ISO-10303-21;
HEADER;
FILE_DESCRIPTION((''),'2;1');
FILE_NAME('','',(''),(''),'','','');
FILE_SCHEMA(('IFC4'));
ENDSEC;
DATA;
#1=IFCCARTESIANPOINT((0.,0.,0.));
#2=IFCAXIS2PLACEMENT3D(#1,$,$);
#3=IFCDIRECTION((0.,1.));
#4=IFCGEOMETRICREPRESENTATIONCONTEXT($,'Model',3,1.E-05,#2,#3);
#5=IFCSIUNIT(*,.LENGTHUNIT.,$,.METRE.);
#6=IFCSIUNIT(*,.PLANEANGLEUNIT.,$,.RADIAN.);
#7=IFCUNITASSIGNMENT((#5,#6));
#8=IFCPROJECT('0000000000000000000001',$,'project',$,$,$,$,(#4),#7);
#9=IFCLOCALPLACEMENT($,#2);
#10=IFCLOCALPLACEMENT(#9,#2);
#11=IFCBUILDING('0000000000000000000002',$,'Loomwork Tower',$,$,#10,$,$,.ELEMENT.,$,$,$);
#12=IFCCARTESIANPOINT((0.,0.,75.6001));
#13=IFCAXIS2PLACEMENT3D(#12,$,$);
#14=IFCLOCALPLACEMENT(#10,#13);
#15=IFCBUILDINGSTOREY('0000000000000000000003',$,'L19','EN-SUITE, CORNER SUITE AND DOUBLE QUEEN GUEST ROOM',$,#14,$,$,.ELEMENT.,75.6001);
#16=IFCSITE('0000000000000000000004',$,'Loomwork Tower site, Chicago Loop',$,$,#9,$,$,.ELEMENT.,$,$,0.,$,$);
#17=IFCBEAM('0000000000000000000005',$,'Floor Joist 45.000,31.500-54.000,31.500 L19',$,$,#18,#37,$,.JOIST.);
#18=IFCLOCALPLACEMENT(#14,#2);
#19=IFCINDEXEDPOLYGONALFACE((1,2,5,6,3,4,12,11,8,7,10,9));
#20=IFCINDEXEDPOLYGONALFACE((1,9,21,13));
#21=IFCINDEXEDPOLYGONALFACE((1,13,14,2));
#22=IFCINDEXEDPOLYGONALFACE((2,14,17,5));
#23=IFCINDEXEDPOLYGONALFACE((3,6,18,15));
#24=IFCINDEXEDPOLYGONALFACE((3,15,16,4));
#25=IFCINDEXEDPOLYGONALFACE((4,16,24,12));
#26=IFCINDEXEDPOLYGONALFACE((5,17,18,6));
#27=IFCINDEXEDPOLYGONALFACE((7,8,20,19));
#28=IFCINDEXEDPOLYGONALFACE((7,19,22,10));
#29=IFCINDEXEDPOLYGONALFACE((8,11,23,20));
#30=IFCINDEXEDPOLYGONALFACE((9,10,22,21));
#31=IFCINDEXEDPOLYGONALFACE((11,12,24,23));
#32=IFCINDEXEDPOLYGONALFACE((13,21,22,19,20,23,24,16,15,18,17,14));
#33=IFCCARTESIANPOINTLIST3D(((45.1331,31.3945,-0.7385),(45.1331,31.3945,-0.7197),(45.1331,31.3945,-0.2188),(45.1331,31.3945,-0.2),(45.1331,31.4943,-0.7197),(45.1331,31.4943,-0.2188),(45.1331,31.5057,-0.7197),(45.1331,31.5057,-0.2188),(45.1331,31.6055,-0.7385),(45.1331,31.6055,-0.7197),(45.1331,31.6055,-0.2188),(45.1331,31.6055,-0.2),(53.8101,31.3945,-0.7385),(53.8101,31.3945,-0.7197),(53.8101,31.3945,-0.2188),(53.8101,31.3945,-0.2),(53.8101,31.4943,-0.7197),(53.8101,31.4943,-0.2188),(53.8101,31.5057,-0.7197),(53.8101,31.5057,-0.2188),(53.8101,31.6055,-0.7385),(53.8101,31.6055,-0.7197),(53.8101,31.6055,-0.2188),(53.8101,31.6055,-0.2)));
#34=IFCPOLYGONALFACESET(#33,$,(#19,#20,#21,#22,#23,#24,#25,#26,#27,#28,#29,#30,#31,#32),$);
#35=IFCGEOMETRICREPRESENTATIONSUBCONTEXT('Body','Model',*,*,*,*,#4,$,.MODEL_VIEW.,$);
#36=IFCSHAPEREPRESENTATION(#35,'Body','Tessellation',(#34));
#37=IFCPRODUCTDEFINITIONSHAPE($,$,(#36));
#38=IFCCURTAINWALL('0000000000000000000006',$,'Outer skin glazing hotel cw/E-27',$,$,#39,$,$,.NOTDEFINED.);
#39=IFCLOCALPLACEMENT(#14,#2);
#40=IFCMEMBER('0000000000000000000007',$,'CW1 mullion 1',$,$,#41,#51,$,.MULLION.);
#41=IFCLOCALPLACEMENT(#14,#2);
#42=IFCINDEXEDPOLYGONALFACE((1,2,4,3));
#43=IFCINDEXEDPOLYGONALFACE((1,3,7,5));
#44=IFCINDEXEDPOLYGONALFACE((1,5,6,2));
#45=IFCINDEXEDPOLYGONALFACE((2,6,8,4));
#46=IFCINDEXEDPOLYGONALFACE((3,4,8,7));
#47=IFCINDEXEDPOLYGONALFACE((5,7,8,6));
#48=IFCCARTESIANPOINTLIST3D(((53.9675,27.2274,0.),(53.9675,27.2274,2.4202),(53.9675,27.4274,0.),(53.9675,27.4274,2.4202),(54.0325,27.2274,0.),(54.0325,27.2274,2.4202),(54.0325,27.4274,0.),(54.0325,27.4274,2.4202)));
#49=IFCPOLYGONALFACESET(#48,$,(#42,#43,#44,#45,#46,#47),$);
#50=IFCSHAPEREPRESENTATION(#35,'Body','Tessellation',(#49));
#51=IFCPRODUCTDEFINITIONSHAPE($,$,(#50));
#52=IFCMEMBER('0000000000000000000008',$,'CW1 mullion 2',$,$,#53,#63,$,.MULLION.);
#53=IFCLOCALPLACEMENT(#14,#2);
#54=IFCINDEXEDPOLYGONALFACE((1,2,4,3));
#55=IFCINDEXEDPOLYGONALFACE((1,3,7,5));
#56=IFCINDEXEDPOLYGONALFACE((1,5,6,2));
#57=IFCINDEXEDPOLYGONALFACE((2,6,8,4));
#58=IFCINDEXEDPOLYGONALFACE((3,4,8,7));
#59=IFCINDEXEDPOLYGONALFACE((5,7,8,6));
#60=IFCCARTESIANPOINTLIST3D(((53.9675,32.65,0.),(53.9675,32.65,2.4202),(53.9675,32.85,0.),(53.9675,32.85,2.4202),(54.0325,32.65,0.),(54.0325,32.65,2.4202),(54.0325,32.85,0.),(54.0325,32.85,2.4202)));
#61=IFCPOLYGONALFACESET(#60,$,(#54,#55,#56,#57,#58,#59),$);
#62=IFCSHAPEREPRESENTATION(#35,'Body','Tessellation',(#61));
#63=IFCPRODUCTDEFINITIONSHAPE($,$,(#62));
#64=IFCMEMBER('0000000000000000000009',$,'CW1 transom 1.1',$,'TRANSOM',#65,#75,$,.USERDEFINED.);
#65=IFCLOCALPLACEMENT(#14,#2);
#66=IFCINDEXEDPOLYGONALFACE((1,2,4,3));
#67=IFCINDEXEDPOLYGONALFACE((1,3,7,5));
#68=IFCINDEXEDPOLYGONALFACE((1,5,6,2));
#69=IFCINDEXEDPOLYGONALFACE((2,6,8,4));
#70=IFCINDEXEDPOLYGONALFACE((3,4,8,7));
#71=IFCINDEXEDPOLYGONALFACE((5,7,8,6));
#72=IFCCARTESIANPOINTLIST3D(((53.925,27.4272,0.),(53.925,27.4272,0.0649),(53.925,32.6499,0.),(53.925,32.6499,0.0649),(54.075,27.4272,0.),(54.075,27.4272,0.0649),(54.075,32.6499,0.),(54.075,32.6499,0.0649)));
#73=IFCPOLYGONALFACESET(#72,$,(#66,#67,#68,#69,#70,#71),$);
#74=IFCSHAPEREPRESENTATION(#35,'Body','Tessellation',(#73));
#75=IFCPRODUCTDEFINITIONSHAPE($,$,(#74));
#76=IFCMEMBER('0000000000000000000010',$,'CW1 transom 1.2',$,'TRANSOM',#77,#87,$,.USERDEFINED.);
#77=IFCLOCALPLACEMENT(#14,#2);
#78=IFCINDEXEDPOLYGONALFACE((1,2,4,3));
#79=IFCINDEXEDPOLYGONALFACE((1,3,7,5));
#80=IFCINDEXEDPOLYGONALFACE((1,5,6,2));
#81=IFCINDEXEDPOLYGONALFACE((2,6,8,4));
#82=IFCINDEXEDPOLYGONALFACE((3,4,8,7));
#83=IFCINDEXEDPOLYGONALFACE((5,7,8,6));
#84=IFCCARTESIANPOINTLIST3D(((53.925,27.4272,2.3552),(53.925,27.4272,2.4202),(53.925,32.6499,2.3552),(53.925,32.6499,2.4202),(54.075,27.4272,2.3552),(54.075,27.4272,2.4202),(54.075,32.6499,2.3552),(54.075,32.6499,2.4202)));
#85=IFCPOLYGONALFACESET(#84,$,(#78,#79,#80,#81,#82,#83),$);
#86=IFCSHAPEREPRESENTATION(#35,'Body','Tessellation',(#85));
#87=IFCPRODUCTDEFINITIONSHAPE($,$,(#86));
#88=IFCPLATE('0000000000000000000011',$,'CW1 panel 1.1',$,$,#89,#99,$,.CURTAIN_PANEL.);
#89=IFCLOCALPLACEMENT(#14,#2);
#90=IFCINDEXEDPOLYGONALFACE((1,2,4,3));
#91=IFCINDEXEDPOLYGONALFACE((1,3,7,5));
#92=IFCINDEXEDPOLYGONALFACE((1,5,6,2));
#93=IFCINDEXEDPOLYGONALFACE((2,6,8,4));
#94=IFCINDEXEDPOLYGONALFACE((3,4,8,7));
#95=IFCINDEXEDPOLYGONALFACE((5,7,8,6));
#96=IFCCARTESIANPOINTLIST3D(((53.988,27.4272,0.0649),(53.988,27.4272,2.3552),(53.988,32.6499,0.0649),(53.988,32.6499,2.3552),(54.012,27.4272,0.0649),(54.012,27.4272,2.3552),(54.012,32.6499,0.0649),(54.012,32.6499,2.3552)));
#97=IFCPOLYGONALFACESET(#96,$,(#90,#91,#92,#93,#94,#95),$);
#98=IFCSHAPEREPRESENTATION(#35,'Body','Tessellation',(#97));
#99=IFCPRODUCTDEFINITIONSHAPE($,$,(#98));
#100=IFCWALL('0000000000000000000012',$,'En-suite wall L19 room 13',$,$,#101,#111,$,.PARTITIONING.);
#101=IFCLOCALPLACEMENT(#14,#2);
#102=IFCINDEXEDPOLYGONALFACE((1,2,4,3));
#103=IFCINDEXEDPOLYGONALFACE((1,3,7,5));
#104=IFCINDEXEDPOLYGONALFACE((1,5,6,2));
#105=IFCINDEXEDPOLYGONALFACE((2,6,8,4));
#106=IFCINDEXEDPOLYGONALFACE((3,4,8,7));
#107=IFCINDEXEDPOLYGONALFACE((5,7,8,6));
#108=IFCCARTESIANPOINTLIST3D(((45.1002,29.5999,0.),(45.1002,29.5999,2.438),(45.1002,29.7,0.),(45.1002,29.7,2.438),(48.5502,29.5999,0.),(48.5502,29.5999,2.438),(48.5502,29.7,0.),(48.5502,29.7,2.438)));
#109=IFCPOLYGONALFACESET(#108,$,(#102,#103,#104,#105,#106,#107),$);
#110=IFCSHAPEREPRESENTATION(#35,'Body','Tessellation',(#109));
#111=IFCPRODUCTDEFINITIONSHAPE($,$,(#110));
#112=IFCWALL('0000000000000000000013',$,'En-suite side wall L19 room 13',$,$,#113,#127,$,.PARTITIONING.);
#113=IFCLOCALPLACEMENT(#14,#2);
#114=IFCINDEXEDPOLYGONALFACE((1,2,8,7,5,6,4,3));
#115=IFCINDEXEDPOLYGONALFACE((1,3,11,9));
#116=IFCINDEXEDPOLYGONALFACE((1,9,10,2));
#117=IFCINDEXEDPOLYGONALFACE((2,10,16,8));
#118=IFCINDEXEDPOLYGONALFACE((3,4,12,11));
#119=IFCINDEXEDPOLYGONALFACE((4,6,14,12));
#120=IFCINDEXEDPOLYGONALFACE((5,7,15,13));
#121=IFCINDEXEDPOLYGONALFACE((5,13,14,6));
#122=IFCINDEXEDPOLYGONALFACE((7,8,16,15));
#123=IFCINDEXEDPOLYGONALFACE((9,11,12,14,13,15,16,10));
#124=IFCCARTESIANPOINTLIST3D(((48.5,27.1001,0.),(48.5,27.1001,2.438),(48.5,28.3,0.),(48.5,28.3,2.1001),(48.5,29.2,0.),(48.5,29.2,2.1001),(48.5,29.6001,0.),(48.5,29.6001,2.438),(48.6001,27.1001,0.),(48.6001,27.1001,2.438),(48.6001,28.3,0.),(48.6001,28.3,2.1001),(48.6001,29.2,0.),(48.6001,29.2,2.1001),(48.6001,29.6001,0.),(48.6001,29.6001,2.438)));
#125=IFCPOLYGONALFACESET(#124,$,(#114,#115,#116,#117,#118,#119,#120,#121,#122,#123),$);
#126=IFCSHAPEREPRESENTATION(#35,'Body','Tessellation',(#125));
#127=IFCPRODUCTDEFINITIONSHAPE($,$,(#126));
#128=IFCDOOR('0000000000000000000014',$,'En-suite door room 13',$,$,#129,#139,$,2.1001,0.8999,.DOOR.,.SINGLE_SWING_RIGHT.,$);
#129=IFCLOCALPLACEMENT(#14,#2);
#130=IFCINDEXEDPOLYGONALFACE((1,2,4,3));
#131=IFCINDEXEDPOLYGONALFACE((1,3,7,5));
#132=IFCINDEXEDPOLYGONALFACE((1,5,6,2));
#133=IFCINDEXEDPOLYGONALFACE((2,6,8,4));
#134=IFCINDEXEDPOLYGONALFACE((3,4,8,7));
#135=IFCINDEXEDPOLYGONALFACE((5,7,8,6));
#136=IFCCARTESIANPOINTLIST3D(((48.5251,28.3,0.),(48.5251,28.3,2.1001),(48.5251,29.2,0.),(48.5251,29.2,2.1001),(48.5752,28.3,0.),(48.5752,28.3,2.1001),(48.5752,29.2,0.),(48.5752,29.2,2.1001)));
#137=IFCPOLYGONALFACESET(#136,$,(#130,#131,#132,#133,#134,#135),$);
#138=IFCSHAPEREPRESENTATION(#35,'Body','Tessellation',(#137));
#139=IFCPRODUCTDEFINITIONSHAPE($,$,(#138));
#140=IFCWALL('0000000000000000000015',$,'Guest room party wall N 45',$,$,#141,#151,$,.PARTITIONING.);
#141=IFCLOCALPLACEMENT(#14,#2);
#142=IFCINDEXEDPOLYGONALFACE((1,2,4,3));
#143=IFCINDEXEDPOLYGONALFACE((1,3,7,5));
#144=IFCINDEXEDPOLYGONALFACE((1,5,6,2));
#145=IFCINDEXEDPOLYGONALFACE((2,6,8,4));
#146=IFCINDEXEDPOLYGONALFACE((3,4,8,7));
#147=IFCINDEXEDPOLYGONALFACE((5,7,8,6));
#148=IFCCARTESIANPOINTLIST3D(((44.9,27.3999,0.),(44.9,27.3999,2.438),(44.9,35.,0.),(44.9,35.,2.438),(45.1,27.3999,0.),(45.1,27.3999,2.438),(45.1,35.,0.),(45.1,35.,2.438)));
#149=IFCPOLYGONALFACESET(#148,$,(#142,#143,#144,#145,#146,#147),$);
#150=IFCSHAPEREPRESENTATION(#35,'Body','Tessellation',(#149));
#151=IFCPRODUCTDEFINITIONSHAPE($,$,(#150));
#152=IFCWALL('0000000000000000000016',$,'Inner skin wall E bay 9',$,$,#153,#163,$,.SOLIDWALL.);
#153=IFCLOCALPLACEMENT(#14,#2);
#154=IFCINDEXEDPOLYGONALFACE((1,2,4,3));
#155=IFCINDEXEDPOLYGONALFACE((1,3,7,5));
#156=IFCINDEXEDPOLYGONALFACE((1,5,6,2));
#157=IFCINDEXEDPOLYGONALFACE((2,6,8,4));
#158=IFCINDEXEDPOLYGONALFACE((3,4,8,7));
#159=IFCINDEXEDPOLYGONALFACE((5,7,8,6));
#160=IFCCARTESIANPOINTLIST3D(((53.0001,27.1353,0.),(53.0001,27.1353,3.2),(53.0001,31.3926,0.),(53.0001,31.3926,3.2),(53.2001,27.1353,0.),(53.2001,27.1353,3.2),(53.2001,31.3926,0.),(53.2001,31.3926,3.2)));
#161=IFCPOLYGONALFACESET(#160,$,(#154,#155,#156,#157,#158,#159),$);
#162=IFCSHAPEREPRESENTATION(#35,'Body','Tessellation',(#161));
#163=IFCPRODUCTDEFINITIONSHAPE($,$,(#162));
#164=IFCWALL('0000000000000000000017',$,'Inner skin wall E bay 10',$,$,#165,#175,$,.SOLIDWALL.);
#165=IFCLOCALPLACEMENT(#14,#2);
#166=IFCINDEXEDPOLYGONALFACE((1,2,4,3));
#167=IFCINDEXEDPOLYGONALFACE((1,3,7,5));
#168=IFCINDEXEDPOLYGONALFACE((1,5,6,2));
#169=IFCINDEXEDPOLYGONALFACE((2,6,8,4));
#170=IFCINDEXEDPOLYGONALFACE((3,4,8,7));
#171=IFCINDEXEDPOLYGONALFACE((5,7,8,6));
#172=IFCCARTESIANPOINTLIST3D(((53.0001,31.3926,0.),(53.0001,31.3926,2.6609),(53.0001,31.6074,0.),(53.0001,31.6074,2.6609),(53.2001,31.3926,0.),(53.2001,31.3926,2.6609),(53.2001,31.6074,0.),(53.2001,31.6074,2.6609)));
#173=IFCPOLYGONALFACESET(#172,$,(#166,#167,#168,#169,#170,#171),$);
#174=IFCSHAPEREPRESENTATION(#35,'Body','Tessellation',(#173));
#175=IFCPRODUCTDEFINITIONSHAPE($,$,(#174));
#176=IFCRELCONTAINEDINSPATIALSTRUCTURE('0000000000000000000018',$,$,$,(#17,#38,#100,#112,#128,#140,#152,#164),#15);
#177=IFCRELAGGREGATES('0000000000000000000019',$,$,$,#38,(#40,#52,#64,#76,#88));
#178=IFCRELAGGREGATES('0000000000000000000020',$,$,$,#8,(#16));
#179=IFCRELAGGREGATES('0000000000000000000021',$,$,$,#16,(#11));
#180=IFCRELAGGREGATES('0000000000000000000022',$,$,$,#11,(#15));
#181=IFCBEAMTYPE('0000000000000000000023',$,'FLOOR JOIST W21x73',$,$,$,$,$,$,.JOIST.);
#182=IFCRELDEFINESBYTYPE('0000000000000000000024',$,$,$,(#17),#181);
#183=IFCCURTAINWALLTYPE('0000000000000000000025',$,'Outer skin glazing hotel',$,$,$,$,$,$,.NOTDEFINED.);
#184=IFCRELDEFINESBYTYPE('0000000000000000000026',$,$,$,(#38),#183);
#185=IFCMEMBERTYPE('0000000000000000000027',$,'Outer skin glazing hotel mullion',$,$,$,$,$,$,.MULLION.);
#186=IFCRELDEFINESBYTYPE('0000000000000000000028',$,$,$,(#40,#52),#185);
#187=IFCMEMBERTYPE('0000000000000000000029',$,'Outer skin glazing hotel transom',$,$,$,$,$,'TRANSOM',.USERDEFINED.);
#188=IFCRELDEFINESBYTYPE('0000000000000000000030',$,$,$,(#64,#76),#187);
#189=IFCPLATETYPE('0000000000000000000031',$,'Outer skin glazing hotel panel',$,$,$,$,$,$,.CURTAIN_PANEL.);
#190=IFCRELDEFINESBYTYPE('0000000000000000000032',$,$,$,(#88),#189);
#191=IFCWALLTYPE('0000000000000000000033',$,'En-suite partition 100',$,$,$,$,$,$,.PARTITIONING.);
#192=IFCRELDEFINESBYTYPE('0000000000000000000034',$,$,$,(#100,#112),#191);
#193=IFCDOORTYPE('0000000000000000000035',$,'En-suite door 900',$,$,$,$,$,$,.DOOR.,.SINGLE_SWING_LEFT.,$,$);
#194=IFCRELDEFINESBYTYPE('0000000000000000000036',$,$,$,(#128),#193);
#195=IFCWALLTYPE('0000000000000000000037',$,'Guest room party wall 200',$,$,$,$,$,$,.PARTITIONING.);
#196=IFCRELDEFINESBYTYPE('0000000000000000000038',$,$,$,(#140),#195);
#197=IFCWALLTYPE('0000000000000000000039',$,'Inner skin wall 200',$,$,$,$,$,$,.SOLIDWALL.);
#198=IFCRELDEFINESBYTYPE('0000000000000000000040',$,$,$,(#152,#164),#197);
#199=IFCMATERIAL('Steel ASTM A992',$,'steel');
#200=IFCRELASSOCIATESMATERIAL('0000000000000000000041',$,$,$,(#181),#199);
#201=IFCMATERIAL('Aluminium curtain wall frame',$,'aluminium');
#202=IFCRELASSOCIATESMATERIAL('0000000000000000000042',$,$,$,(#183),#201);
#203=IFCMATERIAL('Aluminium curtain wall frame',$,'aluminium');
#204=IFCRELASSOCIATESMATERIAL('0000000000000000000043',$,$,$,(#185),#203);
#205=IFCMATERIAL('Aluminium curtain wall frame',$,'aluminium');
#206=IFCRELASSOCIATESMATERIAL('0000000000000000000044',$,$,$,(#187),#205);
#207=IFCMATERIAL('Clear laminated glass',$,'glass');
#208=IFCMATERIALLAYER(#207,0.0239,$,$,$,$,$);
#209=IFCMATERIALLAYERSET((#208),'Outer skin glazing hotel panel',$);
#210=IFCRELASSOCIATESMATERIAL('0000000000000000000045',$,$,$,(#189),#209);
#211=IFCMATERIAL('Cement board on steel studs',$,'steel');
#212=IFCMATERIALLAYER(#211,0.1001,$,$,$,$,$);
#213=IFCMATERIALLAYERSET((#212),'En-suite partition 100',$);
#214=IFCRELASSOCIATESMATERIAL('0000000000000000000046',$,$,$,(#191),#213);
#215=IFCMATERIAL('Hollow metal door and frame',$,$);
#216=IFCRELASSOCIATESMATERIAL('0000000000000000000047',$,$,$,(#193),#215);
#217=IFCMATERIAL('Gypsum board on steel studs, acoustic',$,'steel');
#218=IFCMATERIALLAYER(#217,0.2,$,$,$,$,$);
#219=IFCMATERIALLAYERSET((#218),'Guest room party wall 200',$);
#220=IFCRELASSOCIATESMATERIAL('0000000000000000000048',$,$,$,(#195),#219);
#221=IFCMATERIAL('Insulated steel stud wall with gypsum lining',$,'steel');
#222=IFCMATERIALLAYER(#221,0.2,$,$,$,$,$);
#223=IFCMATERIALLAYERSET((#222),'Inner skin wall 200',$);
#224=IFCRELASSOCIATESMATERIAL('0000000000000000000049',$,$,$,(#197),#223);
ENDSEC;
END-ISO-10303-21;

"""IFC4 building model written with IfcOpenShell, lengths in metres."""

from ifc_helpers import new_model, si_unit, direction, frame, frame_2d, origin, origin_2d, place, context, subcontext, project, spatial, rectangle, i_section, extrude, material, layer, layer_set, material_profile, profile_set, type_object, element, fill, aggregate, save


model = new_model("IFC4")

# Units and contexts
model_context = context("Model", 3, precision=1e-05, world=origin(), true_north=direction((0.0, 1.0)))
body_context = subcontext(model_context, "Body", "Model", "MODEL_VIEW")
ifc_project = project(units=[si_unit("LENGTHUNIT", "METRE"), si_unit("PLANEANGLEUNIT", "RADIAN")], contexts=[model_context])

# Site, building, storey
site_placement = place(None, origin())
site = spatial("IfcSite", under=ifc_project, at=site_placement, Name="Loomwork Tower site, Chicago Loop", CompositionType="ELEMENT", RefElevation=0.0)
building_placement = place(site_placement, origin())
building = spatial("IfcBuilding", under=site, at=building_placement, Name="Loomwork Tower", CompositionType="ELEMENT")
storey_placement = place(building_placement, frame((0.0, 0.0, 75.6001)))
storey = spatial("IfcBuildingStorey", under=building, at=storey_placement, Name="L19", Description="EN-SUITE, CORNER SUITE AND DOUBLE QUEEN GUEST ROOM", CompositionType="ELEMENT", Elevation=75.6001)

# Beam
ifc_material_1 = material(Name="Steel ASTM A992", Category="steel")
ifc_material_profile_1 = material_profile(ifc_material_1, i_section(OverallWidth=0.2109, OverallDepth=0.5386, WebThickness=0.0115, FlangeThickness=0.0188, at=origin_2d()), Name="W21x73")
ifc_profile_set_1 = profile_set([ifc_material_profile_1], Name="Steel ASTM A992")
beam_type = type_object("IfcBeamType", Name="FLOOR JOIST W21x73", PredefinedType="JOIST", material=ifc_profile_set_1)
beam_placement = place(storey_placement, frame((45.1331, 31.5, -0.4692), z_axis=(1.0, 0.0, 0.0), x_axis=(0.0, 1.0, 0.0)))
element("IfcBeam", 1, at=beam_placement, inside=storey, type_object=beam_type, Name="Floor Joist 45.000,31.500-54.000,31.500 L19", PredefinedType="JOIST", context=body_context, shape_type="SweptSolid", body=[
    extrude(i_section(OverallWidth=0.2109, OverallDepth=0.5386, WebThickness=0.0115, FlangeThickness=0.0188, at=origin_2d()), origin(), (0.0, 0.0, 1.0), 8.677),
])

# Curtain wall, members, plate
ifc_material_2 = material(Name="Aluminium curtain wall frame", Category="aluminium")
curtain_wall_type = type_object("IfcCurtainWallType", Name="Outer skin glazing hotel", PredefinedType="NOTDEFINED", material=ifc_material_2)
curtain_wall_placement = place(storey_placement, origin())
curtain_wall = element("IfcCurtainWall", 2, at=curtain_wall_placement, inside=storey, type_object=curtain_wall_type, Name="Outer skin glazing hotel cw/E-27", PredefinedType="NOTDEFINED")
ifc_material_3 = material(Name="Aluminium curtain wall frame", Category="aluminium")
ifc_material_profile_2 = material_profile(ifc_material_3, rectangle(XDim=0.0649, YDim=0.2, at=origin_2d()), Name="AL 65x200")
ifc_profile_set_2 = profile_set([ifc_material_profile_2], Name="Aluminium curtain wall frame")
member_type_1 = type_object("IfcMemberType", Name="Outer skin glazing hotel mullion", PredefinedType="MULLION", material=ifc_profile_set_2)
member_1_placement = place(storey_placement, frame((54.0, 27.3274, 0.0), z_axis=(0.0, 0.0, 1.0), x_axis=(-1.0, 0.0, 0.0)))
member_1 = element("IfcMember", 3, at=member_1_placement, type_object=member_type_1, Name="CW1 mullion 1", PredefinedType="MULLION", context=body_context, shape_type="SweptSolid", body=[
    extrude(rectangle(XDim=0.0649, YDim=0.2, at=origin_2d()), origin(), (0.0, 0.0, 1.0), 2.4202),
])
member_2_placement = place(storey_placement, frame((54.0, 32.75, 0.0), z_axis=(0.0, 0.0, 1.0), x_axis=(-1.0, 0.0, 0.0)))
member_2 = element("IfcMember", 4, at=member_2_placement, type_object=member_type_1, Name="CW1 mullion 2", PredefinedType="MULLION", context=body_context, shape_type="SweptSolid", body=[
    extrude(rectangle(XDim=0.0649, YDim=0.2, at=origin_2d()), origin(), (0.0, 0.0, 1.0), 2.4202),
])
ifc_material_4 = material(Name="Aluminium curtain wall frame", Category="aluminium")
ifc_material_profile_3 = material_profile(ifc_material_4, rectangle(XDim=0.1499, YDim=0.0649, at=origin_2d()), Name="AL 65x150")
ifc_profile_set_3 = profile_set([ifc_material_profile_3], Name="Aluminium curtain wall frame")
member_type_2 = type_object("IfcMemberType", Name="Outer skin glazing hotel transom", ElementType="TRANSOM", PredefinedType="USERDEFINED", material=ifc_profile_set_3)
member_3_placement = place(storey_placement, frame((54.0, 27.4272, 0.0325), z_axis=(0.0, 1.0, 0.0), x_axis=(-1.0, 0.0, 0.0)))
member_3 = element("IfcMember", 5, at=member_3_placement, type_object=member_type_2, Name="CW1 transom 1.1", ObjectType="TRANSOM", PredefinedType="USERDEFINED", context=body_context, shape_type="SweptSolid", body=[
    extrude(rectangle(XDim=0.1499, YDim=0.0649, at=origin_2d()), origin(), (0.0, 0.0, 1.0), 5.2227),
])
member_4_placement = place(storey_placement, frame((54.0, 27.4272, 2.3877), z_axis=(0.0, 1.0, 0.0), x_axis=(-1.0, 0.0, 0.0)))
member_4 = element("IfcMember", 6, at=member_4_placement, type_object=member_type_2, Name="CW1 transom 1.2", ObjectType="TRANSOM", PredefinedType="USERDEFINED", context=body_context, shape_type="SweptSolid", body=[
    extrude(rectangle(XDim=0.1499, YDim=0.0649, at=origin_2d()), origin(), (0.0, 0.0, 1.0), 5.2227),
])
ifc_material_5 = material(Name="Clear laminated glass", Category="glass")
ifc_layer_1 = layer(ifc_material_5, 0.0239)
ifc_layer_set_1 = layer_set([ifc_layer_1], Name="Outer skin glazing hotel panel")
plate_type = type_object("IfcPlateType", Name="Outer skin glazing hotel panel", PredefinedType="CURTAIN_PANEL", material=ifc_layer_set_1)
plate_placement = place(storey_placement, frame((54.0, 30.0386, 0.0649), z_axis=(0.0, 0.0, 1.0), x_axis=(0.0, 1.0, 0.0)))
plate = element("IfcPlate", 7, at=plate_placement, type_object=plate_type, Name="CW1 panel 1.1", PredefinedType="CURTAIN_PANEL", context=body_context, shape_type="SweptSolid", body=[
    extrude(rectangle(XDim=5.2227, YDim=0.0239, at=origin_2d()), origin(), (0.0, 0.0, 1.0), 2.2903),
])
aggregate(curtain_wall, [member_1, member_2, member_3, member_4, plate])

# Wall
ifc_material_6 = material(Name="Cement board on steel studs", Category="steel")
ifc_layer_2 = layer(ifc_material_6, 0.1001)
ifc_layer_set_2 = layer_set([ifc_layer_2], Name="En-suite partition 100")
wall_type_1 = type_object("IfcWallType", Name="En-suite partition 100", PredefinedType="PARTITIONING", material=ifc_layer_set_2)
wall_1_placement = place(storey_placement, frame((45.1001, 29.6499, 0.0), z_axis=(0.0, 0.0, 1.0), x_axis=(1.0, 0.0, 0.0)))
element("IfcWall", 8, at=wall_1_placement, inside=storey, type_object=wall_type_1, Name="En-suite wall L19 room 13", PredefinedType="PARTITIONING", context=body_context, shape_type="SweptSolid", body=[
    extrude(rectangle(XDim=3.45, YDim=0.1001, at=frame_2d((1.7251, 0.0))), origin(), (0.0, 0.0, 1.0), 2.438),
])

# Wall, opening, door
wall_2_placement = place(storey_placement, frame((48.55, 27.1001, 0.0), z_axis=(0.0, 0.0, 1.0), x_axis=(0.0, 1.0, 0.0)))
wall_2 = element("IfcWall", 9, at=wall_2_placement, inside=storey, type_object=wall_type_1, Name="En-suite side wall L19 room 13", PredefinedType="PARTITIONING", context=body_context, shape_type="SweptSolid", body=[
    extrude(rectangle(XDim=2.5, YDim=0.1001, at=frame_2d((1.25, 0.0))), origin(), (0.0, 0.0, 1.0), 2.438),
])
opening_placement = place(wall_2_placement, frame((1.2, 0.0, 0.0)))
opening = element("IfcOpeningElement", 10, at=opening_placement, cuts=wall_2, PredefinedType="OPENING", context=body_context, shape_type="SweptSolid", body=[
    extrude(rectangle(XDim=0.8999, YDim=2.1001, at=frame_2d((0.45, 1.05))), frame((0.0, 0.0601, 0.0), z_axis=(0.0, -1.0, 0.0), x_axis=(1.0, 0.0, 0.0)), (0.0, 0.0, 1.0), 0.1201),
])
ifc_material_7 = material(Name="Hollow metal door and frame")
door_type = type_object("IfcDoorType", Name="En-suite door 900", OperationType="SINGLE_SWING_LEFT", PredefinedType="DOOR", material=ifc_material_7)
door_placement = place(opening_placement, origin())
door = element("IfcDoor", 11, at=door_placement, inside=storey, type_object=door_type, Name="En-suite door room 13", OperationType="SINGLE_SWING_RIGHT", OverallHeight=2.1001, OverallWidth=0.8999, PredefinedType="DOOR", context=body_context, shape_type="SweptSolid", body=[
    extrude(rectangle(XDim=0.8999, YDim=2.1001, at=frame_2d((0.45, 1.05))), frame((0.0, 0.0249, 0.0), z_axis=(0.0, -1.0, 0.0), x_axis=(1.0, 0.0, 0.0)), (0.0, 0.0, 1.0), 0.05),
])
fill(opening, door)

# Walls
ifc_material_8 = material(Name="Gypsum board on steel studs, acoustic", Category="steel")
ifc_layer_3 = layer(ifc_material_8, 0.2)
ifc_layer_set_3 = layer_set([ifc_layer_3], Name="Guest room party wall 200")
wall_type_2 = type_object("IfcWallType", Name="Guest room party wall 200", PredefinedType="PARTITIONING", material=ifc_layer_set_3)
wall_3_placement = place(storey_placement, frame((45.0, 27.3999, 0.0), z_axis=(0.0, 0.0, 1.0), x_axis=(0.0, 1.0, 0.0)))
element("IfcWall", 12, at=wall_3_placement, inside=storey, type_object=wall_type_2, Name="Guest room party wall N 45", PredefinedType="PARTITIONING", context=body_context, shape_type="SweptSolid", body=[
    extrude(rectangle(XDim=7.6001, YDim=0.2, at=frame_2d((3.8, 0.0))), origin(), (0.0, 0.0, 1.0), 2.438),
])
ifc_material_9 = material(Name="Insulated steel stud wall with gypsum lining", Category="steel")
ifc_layer_4 = layer(ifc_material_9, 0.2)
ifc_layer_set_4 = layer_set([ifc_layer_4], Name="Inner skin wall 200")
wall_type_3 = type_object("IfcWallType", Name="Inner skin wall 200", PredefinedType="SOLIDWALL", material=ifc_layer_set_4)
wall_4_placement = place(storey_placement, frame((53.1001, 27.1353, 0.0), z_axis=(0.0, 0.0, 1.0), x_axis=(0.0, 1.0, 0.0)))
element("IfcWall", 13, at=wall_4_placement, inside=storey, type_object=wall_type_3, Name="Inner skin wall E bay 9", PredefinedType="SOLIDWALL", context=body_context, shape_type="SweptSolid", body=[
    extrude(rectangle(XDim=4.2573, YDim=0.2, at=frame_2d((2.1287, 0.0))), origin(), (0.0, 0.0, 1.0), 3.2),
])
wall_5_placement = place(storey_placement, frame((53.1001, 31.3926, 0.0), z_axis=(0.0, 0.0, 1.0), x_axis=(0.0, 1.0, 0.0)))
element("IfcWall", 14, at=wall_5_placement, inside=storey, type_object=wall_type_3, Name="Inner skin wall E bay 10", PredefinedType="SOLIDWALL", context=body_context, shape_type="SweptSolid", body=[
    extrude(rectangle(XDim=0.2148, YDim=0.2, at=frame_2d((0.1074, 0.0))), origin(), (0.0, 0.0, 1.0), 2.6609),
])

save(model, "model.ifc")
